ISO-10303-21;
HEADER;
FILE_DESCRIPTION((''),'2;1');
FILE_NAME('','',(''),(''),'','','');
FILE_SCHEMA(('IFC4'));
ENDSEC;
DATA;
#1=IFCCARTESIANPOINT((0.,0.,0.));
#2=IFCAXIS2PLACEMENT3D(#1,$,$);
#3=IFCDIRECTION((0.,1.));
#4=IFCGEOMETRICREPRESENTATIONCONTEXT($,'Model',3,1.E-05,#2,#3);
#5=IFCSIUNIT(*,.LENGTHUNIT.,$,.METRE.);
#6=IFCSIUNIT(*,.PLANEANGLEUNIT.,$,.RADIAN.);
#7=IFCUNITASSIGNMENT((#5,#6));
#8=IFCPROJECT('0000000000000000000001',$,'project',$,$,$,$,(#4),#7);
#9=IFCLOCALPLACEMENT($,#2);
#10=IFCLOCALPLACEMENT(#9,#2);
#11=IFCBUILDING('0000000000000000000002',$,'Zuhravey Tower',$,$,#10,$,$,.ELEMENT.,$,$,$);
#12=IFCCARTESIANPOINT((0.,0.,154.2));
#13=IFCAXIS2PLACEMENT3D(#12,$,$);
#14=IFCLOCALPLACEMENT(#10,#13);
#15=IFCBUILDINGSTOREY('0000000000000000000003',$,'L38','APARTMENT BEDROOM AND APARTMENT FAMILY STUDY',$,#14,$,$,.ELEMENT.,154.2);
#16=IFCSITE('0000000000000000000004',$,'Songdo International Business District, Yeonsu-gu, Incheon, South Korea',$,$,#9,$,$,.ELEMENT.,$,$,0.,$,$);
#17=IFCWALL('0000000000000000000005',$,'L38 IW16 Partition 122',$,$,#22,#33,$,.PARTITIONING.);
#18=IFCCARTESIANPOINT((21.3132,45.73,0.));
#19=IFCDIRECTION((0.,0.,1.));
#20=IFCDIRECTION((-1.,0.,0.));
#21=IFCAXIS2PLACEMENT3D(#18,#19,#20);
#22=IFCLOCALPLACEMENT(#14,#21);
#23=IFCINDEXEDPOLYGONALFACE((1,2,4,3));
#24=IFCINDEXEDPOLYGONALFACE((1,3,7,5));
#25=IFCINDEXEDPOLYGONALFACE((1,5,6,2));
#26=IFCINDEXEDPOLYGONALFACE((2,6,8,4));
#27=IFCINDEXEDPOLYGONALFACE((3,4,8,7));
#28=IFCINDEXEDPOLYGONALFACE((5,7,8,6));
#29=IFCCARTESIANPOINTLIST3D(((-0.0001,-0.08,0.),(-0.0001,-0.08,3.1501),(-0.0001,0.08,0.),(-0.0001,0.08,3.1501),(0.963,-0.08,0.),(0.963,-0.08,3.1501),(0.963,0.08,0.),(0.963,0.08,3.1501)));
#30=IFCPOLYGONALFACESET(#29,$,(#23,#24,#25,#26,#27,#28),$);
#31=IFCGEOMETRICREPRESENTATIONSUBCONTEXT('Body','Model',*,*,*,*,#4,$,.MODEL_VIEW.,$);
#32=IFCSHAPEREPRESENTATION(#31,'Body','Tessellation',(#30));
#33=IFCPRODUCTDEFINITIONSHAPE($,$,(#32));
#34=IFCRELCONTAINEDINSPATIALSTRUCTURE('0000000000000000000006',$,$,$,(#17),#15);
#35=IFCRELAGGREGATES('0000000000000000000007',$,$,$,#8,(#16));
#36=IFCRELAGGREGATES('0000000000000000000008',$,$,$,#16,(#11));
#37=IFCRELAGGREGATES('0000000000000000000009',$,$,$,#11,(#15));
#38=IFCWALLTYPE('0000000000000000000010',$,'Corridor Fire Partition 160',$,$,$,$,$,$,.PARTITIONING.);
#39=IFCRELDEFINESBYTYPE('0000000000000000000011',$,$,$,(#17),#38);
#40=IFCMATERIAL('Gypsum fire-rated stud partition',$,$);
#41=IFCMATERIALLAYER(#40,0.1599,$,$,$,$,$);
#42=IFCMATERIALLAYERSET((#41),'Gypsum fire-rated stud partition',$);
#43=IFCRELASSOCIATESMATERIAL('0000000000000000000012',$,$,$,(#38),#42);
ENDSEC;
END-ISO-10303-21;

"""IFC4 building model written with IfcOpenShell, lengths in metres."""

from ifc_helpers import new_model, si_unit, direction, frame, frame_2d, origin, place, context, subcontext, project, spatial, rectangle, extrude, material, layer, layer_set, type_object, element, save


model = new_model("IFC4")

# Units and contexts
model_context = context("Model", 3, precision=1e-05, world=origin(), true_north=direction((0.0, 1.0)))
body_context = subcontext(model_context, "Body", "Model", "MODEL_VIEW")
ifc_project = project(units=[si_unit("LENGTHUNIT", "METRE"), si_unit("PLANEANGLEUNIT", "RADIAN")], contexts=[model_context])

# Site, building, storey
site_placement = place(None, origin())
site = spatial("IfcSite", under=ifc_project, at=site_placement, Name="Songdo International Business District, Yeonsu-gu, Incheon, South Korea", CompositionType="ELEMENT", RefElevation=0.0)
building_placement = place(site_placement, origin())
building = spatial("IfcBuilding", under=site, at=building_placement, Name="Zuhravey Tower", CompositionType="ELEMENT")
storey_placement = place(building_placement, frame((0.0, 0.0, 154.2)))
storey = spatial("IfcBuildingStorey", under=building, at=storey_placement, Name="L38", Description="APARTMENT BEDROOM AND APARTMENT FAMILY STUDY", CompositionType="ELEMENT", Elevation=154.2)

# Shared definitions
ifc_material_1 = material(Name="Gypsum fire-rated stud partition")
ifc_layer_1 = layer(ifc_material_1, 0.1599)
ifc_layer_set_1 = layer_set([ifc_layer_1], Name="Gypsum fire-rated stud partition")
wall_type_1 = type_object("IfcWallType", Name="Corridor Fire Partition 160", PredefinedType="PARTITIONING", material=ifc_layer_set_1)

# Wall
wall_1_placement = place(storey_placement, frame((21.3132, 45.73, 0.0), z_axis=(0.0, 0.0, 1.0), x_axis=(-1.0, 0.0, 0.0)))
element("IfcWall", 1, at=wall_1_placement, inside=storey, type_object=wall_type_1, Name="L38 IW16 Partition 122", PredefinedType="PARTITIONING", context=body_context, shape_type="SweptSolid", body=[
    extrude(rectangle(XDim=0.9631, YDim=0.1599, at=frame_2d((0.4814, 0.0))), origin(), (0.0, 0.0, 1.0), 3.1501),
])

save(model, "model.ifc")
